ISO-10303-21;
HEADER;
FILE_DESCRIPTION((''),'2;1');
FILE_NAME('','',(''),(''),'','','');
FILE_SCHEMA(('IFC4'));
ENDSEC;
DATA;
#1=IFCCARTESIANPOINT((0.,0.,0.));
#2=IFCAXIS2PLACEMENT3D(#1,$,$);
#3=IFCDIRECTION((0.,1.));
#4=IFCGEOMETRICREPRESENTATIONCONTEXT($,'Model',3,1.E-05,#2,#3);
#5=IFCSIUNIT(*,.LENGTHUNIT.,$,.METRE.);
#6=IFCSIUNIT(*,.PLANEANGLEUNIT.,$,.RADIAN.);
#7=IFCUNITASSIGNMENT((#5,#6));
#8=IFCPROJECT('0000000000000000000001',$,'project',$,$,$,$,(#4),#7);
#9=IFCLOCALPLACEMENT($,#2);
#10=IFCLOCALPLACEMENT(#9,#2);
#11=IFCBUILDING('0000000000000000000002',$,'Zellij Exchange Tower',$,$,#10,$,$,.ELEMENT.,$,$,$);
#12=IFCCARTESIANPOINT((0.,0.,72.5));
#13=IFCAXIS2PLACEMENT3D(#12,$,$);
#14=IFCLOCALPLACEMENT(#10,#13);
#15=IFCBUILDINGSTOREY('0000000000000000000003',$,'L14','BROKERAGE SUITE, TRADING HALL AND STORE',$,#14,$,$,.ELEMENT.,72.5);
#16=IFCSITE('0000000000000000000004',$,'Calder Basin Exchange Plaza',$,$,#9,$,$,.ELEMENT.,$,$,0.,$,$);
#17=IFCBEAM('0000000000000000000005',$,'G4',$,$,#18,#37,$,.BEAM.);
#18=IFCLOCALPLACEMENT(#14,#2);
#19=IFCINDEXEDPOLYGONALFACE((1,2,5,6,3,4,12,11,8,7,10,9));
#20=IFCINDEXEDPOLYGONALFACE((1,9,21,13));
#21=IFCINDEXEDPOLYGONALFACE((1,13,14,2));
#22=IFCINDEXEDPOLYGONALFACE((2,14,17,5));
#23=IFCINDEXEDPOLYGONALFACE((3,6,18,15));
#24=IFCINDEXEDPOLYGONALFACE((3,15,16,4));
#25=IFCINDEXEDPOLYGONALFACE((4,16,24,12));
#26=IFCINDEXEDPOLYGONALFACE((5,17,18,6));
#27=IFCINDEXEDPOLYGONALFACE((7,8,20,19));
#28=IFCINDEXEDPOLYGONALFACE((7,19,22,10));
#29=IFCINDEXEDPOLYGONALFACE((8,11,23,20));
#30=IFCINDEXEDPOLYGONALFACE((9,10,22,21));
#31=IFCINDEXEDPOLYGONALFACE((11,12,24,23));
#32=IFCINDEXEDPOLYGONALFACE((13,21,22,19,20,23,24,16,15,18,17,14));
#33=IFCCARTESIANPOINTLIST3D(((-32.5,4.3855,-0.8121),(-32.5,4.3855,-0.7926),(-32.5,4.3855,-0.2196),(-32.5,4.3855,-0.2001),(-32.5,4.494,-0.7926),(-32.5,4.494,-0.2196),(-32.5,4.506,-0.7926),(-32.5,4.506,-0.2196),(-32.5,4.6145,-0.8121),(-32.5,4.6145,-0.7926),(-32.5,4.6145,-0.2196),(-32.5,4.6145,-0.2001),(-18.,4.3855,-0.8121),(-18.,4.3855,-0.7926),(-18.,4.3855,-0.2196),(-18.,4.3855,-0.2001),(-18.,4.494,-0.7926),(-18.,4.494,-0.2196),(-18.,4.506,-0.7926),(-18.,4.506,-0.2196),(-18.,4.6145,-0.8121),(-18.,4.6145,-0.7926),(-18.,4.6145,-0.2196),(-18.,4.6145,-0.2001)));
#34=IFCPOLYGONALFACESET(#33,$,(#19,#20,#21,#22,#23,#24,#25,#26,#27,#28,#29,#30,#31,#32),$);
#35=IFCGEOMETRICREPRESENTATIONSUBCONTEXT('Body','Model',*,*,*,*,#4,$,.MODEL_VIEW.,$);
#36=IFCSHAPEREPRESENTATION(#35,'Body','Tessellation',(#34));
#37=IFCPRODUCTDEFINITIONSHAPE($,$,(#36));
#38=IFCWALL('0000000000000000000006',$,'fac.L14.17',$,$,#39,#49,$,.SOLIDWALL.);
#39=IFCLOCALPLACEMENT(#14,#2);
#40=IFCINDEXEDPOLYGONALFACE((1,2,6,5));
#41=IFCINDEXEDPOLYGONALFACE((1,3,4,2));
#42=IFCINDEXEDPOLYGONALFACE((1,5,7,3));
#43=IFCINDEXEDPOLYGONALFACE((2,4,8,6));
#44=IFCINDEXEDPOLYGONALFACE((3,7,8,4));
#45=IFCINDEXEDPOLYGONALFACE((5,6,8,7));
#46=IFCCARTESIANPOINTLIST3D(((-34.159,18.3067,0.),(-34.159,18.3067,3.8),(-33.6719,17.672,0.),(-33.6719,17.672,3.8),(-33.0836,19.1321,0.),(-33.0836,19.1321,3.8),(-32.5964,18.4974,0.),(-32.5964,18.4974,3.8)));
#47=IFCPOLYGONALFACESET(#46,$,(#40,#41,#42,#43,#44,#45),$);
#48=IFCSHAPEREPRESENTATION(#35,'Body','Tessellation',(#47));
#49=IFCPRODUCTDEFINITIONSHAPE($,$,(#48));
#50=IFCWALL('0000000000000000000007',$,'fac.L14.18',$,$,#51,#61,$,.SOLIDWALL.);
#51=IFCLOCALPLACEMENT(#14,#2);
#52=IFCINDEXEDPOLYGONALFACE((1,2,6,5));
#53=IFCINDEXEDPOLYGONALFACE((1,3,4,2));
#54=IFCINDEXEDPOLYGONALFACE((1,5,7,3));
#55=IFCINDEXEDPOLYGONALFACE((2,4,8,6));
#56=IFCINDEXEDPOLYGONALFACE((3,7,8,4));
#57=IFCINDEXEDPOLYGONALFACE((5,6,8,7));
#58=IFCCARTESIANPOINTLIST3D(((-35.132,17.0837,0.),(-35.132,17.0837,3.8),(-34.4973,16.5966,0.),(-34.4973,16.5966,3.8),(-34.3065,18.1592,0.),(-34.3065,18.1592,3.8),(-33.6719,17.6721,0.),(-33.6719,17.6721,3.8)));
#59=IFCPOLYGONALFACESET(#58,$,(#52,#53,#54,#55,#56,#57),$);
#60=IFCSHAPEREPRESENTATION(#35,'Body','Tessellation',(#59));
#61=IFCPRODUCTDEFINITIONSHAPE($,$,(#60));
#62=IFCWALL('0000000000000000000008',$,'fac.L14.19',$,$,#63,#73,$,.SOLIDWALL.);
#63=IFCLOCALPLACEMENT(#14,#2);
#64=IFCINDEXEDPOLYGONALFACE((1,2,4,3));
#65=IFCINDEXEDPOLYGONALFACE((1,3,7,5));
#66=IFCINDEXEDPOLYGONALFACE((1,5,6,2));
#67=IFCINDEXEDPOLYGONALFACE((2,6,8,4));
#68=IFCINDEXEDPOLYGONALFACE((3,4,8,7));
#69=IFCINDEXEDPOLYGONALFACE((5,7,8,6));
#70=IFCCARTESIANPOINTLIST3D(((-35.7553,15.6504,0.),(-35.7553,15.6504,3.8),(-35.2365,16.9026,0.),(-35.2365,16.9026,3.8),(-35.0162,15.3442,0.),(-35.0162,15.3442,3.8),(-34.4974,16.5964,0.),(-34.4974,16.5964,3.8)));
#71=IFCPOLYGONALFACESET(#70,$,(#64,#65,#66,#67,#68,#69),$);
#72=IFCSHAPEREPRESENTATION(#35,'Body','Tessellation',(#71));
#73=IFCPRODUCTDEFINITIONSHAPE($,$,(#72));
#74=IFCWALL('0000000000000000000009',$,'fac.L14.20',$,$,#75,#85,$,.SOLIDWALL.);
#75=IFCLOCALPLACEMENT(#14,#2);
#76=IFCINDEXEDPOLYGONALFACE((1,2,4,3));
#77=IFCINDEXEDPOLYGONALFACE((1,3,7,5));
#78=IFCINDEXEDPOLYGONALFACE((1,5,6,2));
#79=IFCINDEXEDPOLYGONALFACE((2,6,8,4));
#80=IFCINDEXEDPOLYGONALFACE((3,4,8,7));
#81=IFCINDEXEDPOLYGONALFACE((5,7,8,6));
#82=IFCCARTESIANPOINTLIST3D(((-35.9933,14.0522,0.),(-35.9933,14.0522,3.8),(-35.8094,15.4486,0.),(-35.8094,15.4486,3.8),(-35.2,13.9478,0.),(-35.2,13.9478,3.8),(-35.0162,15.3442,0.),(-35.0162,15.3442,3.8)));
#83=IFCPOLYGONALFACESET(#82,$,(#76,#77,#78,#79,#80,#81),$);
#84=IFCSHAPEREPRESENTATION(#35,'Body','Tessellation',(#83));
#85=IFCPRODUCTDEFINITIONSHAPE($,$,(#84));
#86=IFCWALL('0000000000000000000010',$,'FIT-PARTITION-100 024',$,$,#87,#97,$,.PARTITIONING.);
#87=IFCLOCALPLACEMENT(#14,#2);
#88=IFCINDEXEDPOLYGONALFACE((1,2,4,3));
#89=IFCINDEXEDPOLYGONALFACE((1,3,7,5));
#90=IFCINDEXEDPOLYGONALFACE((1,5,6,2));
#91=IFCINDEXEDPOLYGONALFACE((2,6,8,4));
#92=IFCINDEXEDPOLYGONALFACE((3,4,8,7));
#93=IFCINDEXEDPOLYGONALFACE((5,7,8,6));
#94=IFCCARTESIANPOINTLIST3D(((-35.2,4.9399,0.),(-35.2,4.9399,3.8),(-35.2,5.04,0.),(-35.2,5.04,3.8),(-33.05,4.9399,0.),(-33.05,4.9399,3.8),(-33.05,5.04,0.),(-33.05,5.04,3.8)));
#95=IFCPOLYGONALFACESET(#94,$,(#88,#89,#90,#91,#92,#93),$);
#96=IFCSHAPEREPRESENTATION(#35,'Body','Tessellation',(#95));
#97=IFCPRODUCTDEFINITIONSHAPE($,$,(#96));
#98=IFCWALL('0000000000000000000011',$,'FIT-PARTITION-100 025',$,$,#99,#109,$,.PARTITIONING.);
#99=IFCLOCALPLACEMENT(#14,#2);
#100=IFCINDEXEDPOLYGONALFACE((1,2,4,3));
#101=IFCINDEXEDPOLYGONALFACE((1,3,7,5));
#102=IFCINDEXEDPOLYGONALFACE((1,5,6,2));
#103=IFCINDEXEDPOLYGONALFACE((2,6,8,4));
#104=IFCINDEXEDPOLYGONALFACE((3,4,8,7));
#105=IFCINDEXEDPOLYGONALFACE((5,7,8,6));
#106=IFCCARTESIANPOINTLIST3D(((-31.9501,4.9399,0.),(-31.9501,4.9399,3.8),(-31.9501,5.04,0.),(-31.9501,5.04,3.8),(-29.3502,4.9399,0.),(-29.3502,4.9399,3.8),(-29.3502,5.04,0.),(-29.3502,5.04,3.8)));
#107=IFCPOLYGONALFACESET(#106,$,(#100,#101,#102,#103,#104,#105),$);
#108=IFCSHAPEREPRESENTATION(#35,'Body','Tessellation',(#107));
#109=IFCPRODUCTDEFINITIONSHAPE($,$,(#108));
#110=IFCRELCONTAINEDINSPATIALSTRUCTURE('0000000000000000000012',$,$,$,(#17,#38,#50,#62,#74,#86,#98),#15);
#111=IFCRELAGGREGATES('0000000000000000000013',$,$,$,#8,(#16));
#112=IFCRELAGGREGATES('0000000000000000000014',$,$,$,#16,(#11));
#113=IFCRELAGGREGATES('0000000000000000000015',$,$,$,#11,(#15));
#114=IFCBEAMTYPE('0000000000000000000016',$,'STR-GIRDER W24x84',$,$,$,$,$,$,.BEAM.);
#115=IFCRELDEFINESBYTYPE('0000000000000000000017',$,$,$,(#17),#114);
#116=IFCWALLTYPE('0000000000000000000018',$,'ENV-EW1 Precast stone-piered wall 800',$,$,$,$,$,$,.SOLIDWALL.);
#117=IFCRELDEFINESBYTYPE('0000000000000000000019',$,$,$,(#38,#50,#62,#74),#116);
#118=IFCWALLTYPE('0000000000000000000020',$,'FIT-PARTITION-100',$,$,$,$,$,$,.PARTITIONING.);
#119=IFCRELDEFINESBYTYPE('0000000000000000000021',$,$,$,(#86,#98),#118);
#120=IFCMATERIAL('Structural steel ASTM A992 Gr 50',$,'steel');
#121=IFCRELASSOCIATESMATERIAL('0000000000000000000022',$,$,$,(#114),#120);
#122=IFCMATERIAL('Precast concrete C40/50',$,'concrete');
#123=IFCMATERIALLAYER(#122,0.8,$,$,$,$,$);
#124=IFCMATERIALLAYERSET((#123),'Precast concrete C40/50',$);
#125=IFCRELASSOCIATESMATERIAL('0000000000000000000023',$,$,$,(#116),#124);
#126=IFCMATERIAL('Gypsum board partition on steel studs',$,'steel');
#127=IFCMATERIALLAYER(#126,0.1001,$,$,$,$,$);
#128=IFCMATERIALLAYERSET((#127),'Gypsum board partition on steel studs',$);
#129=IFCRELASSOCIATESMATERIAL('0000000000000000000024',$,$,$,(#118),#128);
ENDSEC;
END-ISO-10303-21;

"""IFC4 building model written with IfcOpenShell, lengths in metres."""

from ifc_helpers import new_model, si_unit, direction, frame, frame_2d, origin, origin_2d, place, context, subcontext, project, spatial, rectangle, i_section, extrude, material, layer, layer_set, material_profile, profile_set, type_object, element, save


model = new_model("IFC4")

# Units and contexts
model_context = context("Model", 3, precision=1e-05, world=origin(), true_north=direction((0.0, 1.0)))
body_context = subcontext(model_context, "Body", "Model", "MODEL_VIEW")
ifc_project = project(units=[si_unit("LENGTHUNIT", "METRE"), si_unit("PLANEANGLEUNIT", "RADIAN")], contexts=[model_context])

# Site, building, storey
site_placement = place(None, origin())
site = spatial("IfcSite", under=ifc_project, at=site_placement, Name="Calder Basin Exchange Plaza", CompositionType="ELEMENT", RefElevation=0.0)
building_placement = place(site_placement, origin())
building = spatial("IfcBuilding", under=site, at=building_placement, Name="Zellij Exchange Tower", CompositionType="ELEMENT")
storey_placement = place(building_placement, frame((0.0, 0.0, 72.5)))
storey = spatial("IfcBuildingStorey", under=building, at=storey_placement, Name="L14", Description="BROKERAGE SUITE, TRADING HALL AND STORE", CompositionType="ELEMENT", Elevation=72.5)

# Beam
ifc_material_1 = material(Name="Structural steel ASTM A992 Gr 50", Category="steel")
ifc_material_profile = material_profile(ifc_material_1, i_section(OverallWidth=0.229, OverallDepth=0.6121, WebThickness=0.012, FlangeThickness=0.0195, at=origin_2d()), Name="W24x84")
ifc_profile_set = profile_set([ifc_material_profile], Name="Structural steel ASTM A992 Gr 50")
beam_type = type_object("IfcBeamType", Name="STR-GIRDER W24x84", PredefinedType="BEAM", material=ifc_profile_set)
beam_placement = place(storey_placement, frame((-32.5, 4.5, -0.5061), z_axis=(1.0, 0.0, 0.0), x_axis=(0.0, 1.0, 0.0)))
element("IfcBeam", 1, at=beam_placement, inside=storey, type_object=beam_type, Name="G4", PredefinedType="BEAM", context=body_context, shape_type="SweptSolid", body=[
    extrude(i_section(OverallWidth=0.229, OverallDepth=0.6121, WebThickness=0.012, FlangeThickness=0.0195, at=origin_2d()), origin(), (0.0, 0.0, 1.0), 14.5),
])

# Walls
ifc_material_2 = material(Name="Precast concrete C40/50", Category="concrete")
ifc_layer_1 = layer(ifc_material_2, 0.8)
ifc_layer_set_1 = layer_set([ifc_layer_1], Name="Precast concrete C40/50")
wall_type_1 = type_object("IfcWallType", Name="ENV-EW1 Precast stone-piered wall 800", PredefinedType="SOLIDWALL", material=ifc_layer_set_1)
for number, where, z_axis, x_axis, name in (
    (2, (-32.8401, 18.8147, 0.0), (0.0, 0.0, 1.0), (-0.793273, -0.608866, 0.0), "fac.L14.17"),
    (3, (-33.9893, 17.9155, 0.0), (0.0, 0.0, 1.0), (-0.608866, -0.793273, 0.0), "fac.L14.18"),
):
    element("IfcWall", number, at=place(storey_placement, frame(where, z_axis=z_axis, x_axis=x_axis)), inside=storey, type_object=wall_type_1, Name=name, PredefinedType="SOLIDWALL", context=body_context, shape_type="SweptSolid", body=[
        extrude(rectangle(XDim=1.3557, YDim=0.8, at=frame_2d((0.6777, 0.0))), origin(), (0.0, 0.0, 1.0), 3.8),
    ])
wall_1_placement = place(storey_placement, frame((-34.8669, 16.7495, 0.0), z_axis=(0.0, 0.0, 1.0), x_axis=(-0.38276, -0.923848, 0.0)))
element("IfcWall", 4, at=wall_1_placement, inside=storey, type_object=wall_type_1, Name="fac.L14.19", PredefinedType="SOLIDWALL", context=body_context, shape_type="SweptSolid", body=[
    extrude(rectangle(XDim=1.3555, YDim=0.8, at=frame_2d((0.6777, 0.0))), origin(), (0.0, 0.0, 1.0), 3.8),
])
wall_2_placement = place(storey_placement, frame((-35.4128, 15.3962, 0.0), z_axis=(0.0, 0.0, 1.0), x_axis=(-0.130517, -0.991446, 0.0)))
element("IfcWall", 5, at=wall_2_placement, inside=storey, type_object=wall_type_1, Name="fac.L14.20", PredefinedType="SOLIDWALL", context=body_context, shape_type="SweptSolid", body=[
    extrude(rectangle(XDim=1.4084, YDim=0.8, at=frame_2d((0.7041, 0.0))), origin(), (0.0, 0.0, 1.0), 3.8),
])

# Walls
ifc_material_3 = material(Name="Gypsum board partition on steel studs", Category="steel")
ifc_layer_2 = layer(ifc_material_3, 0.1001)
ifc_layer_set_2 = layer_set([ifc_layer_2], Name="Gypsum board partition on steel studs")
wall_type_2 = type_object("IfcWallType", Name="FIT-PARTITION-100", PredefinedType="PARTITIONING", material=ifc_layer_set_2)
wall_3_placement = place(storey_placement, frame((-35.2, 4.99, 0.0), z_axis=(0.0, 0.0, 1.0), x_axis=(1.0, 0.0, 0.0)))
element("IfcWall", 6, at=wall_3_placement, inside=storey, type_object=wall_type_2, Name="FIT-PARTITION-100 024", PredefinedType="PARTITIONING", context=body_context, shape_type="SweptSolid", body=[
    extrude(rectangle(XDim=2.1499, YDim=0.1001, at=frame_2d((1.075, 0.0))), origin(), (0.0, 0.0, 1.0), 3.8),
])
wall_4_placement = place(storey_placement, frame((-31.95, 4.99, 0.0), z_axis=(0.0, 0.0, 1.0), x_axis=(1.0, 0.0, 0.0)))
element("IfcWall", 7, at=wall_4_placement, inside=storey, type_object=wall_type_2, Name="FIT-PARTITION-100 025", PredefinedType="PARTITIONING", context=body_context, shape_type="SweptSolid", body=[
    extrude(rectangle(XDim=2.5999, YDim=0.1001, at=frame_2d((1.2998, 0.0))), origin(), (0.0, 0.0, 1.0), 3.8),
])

save(model, "model.ifc")
